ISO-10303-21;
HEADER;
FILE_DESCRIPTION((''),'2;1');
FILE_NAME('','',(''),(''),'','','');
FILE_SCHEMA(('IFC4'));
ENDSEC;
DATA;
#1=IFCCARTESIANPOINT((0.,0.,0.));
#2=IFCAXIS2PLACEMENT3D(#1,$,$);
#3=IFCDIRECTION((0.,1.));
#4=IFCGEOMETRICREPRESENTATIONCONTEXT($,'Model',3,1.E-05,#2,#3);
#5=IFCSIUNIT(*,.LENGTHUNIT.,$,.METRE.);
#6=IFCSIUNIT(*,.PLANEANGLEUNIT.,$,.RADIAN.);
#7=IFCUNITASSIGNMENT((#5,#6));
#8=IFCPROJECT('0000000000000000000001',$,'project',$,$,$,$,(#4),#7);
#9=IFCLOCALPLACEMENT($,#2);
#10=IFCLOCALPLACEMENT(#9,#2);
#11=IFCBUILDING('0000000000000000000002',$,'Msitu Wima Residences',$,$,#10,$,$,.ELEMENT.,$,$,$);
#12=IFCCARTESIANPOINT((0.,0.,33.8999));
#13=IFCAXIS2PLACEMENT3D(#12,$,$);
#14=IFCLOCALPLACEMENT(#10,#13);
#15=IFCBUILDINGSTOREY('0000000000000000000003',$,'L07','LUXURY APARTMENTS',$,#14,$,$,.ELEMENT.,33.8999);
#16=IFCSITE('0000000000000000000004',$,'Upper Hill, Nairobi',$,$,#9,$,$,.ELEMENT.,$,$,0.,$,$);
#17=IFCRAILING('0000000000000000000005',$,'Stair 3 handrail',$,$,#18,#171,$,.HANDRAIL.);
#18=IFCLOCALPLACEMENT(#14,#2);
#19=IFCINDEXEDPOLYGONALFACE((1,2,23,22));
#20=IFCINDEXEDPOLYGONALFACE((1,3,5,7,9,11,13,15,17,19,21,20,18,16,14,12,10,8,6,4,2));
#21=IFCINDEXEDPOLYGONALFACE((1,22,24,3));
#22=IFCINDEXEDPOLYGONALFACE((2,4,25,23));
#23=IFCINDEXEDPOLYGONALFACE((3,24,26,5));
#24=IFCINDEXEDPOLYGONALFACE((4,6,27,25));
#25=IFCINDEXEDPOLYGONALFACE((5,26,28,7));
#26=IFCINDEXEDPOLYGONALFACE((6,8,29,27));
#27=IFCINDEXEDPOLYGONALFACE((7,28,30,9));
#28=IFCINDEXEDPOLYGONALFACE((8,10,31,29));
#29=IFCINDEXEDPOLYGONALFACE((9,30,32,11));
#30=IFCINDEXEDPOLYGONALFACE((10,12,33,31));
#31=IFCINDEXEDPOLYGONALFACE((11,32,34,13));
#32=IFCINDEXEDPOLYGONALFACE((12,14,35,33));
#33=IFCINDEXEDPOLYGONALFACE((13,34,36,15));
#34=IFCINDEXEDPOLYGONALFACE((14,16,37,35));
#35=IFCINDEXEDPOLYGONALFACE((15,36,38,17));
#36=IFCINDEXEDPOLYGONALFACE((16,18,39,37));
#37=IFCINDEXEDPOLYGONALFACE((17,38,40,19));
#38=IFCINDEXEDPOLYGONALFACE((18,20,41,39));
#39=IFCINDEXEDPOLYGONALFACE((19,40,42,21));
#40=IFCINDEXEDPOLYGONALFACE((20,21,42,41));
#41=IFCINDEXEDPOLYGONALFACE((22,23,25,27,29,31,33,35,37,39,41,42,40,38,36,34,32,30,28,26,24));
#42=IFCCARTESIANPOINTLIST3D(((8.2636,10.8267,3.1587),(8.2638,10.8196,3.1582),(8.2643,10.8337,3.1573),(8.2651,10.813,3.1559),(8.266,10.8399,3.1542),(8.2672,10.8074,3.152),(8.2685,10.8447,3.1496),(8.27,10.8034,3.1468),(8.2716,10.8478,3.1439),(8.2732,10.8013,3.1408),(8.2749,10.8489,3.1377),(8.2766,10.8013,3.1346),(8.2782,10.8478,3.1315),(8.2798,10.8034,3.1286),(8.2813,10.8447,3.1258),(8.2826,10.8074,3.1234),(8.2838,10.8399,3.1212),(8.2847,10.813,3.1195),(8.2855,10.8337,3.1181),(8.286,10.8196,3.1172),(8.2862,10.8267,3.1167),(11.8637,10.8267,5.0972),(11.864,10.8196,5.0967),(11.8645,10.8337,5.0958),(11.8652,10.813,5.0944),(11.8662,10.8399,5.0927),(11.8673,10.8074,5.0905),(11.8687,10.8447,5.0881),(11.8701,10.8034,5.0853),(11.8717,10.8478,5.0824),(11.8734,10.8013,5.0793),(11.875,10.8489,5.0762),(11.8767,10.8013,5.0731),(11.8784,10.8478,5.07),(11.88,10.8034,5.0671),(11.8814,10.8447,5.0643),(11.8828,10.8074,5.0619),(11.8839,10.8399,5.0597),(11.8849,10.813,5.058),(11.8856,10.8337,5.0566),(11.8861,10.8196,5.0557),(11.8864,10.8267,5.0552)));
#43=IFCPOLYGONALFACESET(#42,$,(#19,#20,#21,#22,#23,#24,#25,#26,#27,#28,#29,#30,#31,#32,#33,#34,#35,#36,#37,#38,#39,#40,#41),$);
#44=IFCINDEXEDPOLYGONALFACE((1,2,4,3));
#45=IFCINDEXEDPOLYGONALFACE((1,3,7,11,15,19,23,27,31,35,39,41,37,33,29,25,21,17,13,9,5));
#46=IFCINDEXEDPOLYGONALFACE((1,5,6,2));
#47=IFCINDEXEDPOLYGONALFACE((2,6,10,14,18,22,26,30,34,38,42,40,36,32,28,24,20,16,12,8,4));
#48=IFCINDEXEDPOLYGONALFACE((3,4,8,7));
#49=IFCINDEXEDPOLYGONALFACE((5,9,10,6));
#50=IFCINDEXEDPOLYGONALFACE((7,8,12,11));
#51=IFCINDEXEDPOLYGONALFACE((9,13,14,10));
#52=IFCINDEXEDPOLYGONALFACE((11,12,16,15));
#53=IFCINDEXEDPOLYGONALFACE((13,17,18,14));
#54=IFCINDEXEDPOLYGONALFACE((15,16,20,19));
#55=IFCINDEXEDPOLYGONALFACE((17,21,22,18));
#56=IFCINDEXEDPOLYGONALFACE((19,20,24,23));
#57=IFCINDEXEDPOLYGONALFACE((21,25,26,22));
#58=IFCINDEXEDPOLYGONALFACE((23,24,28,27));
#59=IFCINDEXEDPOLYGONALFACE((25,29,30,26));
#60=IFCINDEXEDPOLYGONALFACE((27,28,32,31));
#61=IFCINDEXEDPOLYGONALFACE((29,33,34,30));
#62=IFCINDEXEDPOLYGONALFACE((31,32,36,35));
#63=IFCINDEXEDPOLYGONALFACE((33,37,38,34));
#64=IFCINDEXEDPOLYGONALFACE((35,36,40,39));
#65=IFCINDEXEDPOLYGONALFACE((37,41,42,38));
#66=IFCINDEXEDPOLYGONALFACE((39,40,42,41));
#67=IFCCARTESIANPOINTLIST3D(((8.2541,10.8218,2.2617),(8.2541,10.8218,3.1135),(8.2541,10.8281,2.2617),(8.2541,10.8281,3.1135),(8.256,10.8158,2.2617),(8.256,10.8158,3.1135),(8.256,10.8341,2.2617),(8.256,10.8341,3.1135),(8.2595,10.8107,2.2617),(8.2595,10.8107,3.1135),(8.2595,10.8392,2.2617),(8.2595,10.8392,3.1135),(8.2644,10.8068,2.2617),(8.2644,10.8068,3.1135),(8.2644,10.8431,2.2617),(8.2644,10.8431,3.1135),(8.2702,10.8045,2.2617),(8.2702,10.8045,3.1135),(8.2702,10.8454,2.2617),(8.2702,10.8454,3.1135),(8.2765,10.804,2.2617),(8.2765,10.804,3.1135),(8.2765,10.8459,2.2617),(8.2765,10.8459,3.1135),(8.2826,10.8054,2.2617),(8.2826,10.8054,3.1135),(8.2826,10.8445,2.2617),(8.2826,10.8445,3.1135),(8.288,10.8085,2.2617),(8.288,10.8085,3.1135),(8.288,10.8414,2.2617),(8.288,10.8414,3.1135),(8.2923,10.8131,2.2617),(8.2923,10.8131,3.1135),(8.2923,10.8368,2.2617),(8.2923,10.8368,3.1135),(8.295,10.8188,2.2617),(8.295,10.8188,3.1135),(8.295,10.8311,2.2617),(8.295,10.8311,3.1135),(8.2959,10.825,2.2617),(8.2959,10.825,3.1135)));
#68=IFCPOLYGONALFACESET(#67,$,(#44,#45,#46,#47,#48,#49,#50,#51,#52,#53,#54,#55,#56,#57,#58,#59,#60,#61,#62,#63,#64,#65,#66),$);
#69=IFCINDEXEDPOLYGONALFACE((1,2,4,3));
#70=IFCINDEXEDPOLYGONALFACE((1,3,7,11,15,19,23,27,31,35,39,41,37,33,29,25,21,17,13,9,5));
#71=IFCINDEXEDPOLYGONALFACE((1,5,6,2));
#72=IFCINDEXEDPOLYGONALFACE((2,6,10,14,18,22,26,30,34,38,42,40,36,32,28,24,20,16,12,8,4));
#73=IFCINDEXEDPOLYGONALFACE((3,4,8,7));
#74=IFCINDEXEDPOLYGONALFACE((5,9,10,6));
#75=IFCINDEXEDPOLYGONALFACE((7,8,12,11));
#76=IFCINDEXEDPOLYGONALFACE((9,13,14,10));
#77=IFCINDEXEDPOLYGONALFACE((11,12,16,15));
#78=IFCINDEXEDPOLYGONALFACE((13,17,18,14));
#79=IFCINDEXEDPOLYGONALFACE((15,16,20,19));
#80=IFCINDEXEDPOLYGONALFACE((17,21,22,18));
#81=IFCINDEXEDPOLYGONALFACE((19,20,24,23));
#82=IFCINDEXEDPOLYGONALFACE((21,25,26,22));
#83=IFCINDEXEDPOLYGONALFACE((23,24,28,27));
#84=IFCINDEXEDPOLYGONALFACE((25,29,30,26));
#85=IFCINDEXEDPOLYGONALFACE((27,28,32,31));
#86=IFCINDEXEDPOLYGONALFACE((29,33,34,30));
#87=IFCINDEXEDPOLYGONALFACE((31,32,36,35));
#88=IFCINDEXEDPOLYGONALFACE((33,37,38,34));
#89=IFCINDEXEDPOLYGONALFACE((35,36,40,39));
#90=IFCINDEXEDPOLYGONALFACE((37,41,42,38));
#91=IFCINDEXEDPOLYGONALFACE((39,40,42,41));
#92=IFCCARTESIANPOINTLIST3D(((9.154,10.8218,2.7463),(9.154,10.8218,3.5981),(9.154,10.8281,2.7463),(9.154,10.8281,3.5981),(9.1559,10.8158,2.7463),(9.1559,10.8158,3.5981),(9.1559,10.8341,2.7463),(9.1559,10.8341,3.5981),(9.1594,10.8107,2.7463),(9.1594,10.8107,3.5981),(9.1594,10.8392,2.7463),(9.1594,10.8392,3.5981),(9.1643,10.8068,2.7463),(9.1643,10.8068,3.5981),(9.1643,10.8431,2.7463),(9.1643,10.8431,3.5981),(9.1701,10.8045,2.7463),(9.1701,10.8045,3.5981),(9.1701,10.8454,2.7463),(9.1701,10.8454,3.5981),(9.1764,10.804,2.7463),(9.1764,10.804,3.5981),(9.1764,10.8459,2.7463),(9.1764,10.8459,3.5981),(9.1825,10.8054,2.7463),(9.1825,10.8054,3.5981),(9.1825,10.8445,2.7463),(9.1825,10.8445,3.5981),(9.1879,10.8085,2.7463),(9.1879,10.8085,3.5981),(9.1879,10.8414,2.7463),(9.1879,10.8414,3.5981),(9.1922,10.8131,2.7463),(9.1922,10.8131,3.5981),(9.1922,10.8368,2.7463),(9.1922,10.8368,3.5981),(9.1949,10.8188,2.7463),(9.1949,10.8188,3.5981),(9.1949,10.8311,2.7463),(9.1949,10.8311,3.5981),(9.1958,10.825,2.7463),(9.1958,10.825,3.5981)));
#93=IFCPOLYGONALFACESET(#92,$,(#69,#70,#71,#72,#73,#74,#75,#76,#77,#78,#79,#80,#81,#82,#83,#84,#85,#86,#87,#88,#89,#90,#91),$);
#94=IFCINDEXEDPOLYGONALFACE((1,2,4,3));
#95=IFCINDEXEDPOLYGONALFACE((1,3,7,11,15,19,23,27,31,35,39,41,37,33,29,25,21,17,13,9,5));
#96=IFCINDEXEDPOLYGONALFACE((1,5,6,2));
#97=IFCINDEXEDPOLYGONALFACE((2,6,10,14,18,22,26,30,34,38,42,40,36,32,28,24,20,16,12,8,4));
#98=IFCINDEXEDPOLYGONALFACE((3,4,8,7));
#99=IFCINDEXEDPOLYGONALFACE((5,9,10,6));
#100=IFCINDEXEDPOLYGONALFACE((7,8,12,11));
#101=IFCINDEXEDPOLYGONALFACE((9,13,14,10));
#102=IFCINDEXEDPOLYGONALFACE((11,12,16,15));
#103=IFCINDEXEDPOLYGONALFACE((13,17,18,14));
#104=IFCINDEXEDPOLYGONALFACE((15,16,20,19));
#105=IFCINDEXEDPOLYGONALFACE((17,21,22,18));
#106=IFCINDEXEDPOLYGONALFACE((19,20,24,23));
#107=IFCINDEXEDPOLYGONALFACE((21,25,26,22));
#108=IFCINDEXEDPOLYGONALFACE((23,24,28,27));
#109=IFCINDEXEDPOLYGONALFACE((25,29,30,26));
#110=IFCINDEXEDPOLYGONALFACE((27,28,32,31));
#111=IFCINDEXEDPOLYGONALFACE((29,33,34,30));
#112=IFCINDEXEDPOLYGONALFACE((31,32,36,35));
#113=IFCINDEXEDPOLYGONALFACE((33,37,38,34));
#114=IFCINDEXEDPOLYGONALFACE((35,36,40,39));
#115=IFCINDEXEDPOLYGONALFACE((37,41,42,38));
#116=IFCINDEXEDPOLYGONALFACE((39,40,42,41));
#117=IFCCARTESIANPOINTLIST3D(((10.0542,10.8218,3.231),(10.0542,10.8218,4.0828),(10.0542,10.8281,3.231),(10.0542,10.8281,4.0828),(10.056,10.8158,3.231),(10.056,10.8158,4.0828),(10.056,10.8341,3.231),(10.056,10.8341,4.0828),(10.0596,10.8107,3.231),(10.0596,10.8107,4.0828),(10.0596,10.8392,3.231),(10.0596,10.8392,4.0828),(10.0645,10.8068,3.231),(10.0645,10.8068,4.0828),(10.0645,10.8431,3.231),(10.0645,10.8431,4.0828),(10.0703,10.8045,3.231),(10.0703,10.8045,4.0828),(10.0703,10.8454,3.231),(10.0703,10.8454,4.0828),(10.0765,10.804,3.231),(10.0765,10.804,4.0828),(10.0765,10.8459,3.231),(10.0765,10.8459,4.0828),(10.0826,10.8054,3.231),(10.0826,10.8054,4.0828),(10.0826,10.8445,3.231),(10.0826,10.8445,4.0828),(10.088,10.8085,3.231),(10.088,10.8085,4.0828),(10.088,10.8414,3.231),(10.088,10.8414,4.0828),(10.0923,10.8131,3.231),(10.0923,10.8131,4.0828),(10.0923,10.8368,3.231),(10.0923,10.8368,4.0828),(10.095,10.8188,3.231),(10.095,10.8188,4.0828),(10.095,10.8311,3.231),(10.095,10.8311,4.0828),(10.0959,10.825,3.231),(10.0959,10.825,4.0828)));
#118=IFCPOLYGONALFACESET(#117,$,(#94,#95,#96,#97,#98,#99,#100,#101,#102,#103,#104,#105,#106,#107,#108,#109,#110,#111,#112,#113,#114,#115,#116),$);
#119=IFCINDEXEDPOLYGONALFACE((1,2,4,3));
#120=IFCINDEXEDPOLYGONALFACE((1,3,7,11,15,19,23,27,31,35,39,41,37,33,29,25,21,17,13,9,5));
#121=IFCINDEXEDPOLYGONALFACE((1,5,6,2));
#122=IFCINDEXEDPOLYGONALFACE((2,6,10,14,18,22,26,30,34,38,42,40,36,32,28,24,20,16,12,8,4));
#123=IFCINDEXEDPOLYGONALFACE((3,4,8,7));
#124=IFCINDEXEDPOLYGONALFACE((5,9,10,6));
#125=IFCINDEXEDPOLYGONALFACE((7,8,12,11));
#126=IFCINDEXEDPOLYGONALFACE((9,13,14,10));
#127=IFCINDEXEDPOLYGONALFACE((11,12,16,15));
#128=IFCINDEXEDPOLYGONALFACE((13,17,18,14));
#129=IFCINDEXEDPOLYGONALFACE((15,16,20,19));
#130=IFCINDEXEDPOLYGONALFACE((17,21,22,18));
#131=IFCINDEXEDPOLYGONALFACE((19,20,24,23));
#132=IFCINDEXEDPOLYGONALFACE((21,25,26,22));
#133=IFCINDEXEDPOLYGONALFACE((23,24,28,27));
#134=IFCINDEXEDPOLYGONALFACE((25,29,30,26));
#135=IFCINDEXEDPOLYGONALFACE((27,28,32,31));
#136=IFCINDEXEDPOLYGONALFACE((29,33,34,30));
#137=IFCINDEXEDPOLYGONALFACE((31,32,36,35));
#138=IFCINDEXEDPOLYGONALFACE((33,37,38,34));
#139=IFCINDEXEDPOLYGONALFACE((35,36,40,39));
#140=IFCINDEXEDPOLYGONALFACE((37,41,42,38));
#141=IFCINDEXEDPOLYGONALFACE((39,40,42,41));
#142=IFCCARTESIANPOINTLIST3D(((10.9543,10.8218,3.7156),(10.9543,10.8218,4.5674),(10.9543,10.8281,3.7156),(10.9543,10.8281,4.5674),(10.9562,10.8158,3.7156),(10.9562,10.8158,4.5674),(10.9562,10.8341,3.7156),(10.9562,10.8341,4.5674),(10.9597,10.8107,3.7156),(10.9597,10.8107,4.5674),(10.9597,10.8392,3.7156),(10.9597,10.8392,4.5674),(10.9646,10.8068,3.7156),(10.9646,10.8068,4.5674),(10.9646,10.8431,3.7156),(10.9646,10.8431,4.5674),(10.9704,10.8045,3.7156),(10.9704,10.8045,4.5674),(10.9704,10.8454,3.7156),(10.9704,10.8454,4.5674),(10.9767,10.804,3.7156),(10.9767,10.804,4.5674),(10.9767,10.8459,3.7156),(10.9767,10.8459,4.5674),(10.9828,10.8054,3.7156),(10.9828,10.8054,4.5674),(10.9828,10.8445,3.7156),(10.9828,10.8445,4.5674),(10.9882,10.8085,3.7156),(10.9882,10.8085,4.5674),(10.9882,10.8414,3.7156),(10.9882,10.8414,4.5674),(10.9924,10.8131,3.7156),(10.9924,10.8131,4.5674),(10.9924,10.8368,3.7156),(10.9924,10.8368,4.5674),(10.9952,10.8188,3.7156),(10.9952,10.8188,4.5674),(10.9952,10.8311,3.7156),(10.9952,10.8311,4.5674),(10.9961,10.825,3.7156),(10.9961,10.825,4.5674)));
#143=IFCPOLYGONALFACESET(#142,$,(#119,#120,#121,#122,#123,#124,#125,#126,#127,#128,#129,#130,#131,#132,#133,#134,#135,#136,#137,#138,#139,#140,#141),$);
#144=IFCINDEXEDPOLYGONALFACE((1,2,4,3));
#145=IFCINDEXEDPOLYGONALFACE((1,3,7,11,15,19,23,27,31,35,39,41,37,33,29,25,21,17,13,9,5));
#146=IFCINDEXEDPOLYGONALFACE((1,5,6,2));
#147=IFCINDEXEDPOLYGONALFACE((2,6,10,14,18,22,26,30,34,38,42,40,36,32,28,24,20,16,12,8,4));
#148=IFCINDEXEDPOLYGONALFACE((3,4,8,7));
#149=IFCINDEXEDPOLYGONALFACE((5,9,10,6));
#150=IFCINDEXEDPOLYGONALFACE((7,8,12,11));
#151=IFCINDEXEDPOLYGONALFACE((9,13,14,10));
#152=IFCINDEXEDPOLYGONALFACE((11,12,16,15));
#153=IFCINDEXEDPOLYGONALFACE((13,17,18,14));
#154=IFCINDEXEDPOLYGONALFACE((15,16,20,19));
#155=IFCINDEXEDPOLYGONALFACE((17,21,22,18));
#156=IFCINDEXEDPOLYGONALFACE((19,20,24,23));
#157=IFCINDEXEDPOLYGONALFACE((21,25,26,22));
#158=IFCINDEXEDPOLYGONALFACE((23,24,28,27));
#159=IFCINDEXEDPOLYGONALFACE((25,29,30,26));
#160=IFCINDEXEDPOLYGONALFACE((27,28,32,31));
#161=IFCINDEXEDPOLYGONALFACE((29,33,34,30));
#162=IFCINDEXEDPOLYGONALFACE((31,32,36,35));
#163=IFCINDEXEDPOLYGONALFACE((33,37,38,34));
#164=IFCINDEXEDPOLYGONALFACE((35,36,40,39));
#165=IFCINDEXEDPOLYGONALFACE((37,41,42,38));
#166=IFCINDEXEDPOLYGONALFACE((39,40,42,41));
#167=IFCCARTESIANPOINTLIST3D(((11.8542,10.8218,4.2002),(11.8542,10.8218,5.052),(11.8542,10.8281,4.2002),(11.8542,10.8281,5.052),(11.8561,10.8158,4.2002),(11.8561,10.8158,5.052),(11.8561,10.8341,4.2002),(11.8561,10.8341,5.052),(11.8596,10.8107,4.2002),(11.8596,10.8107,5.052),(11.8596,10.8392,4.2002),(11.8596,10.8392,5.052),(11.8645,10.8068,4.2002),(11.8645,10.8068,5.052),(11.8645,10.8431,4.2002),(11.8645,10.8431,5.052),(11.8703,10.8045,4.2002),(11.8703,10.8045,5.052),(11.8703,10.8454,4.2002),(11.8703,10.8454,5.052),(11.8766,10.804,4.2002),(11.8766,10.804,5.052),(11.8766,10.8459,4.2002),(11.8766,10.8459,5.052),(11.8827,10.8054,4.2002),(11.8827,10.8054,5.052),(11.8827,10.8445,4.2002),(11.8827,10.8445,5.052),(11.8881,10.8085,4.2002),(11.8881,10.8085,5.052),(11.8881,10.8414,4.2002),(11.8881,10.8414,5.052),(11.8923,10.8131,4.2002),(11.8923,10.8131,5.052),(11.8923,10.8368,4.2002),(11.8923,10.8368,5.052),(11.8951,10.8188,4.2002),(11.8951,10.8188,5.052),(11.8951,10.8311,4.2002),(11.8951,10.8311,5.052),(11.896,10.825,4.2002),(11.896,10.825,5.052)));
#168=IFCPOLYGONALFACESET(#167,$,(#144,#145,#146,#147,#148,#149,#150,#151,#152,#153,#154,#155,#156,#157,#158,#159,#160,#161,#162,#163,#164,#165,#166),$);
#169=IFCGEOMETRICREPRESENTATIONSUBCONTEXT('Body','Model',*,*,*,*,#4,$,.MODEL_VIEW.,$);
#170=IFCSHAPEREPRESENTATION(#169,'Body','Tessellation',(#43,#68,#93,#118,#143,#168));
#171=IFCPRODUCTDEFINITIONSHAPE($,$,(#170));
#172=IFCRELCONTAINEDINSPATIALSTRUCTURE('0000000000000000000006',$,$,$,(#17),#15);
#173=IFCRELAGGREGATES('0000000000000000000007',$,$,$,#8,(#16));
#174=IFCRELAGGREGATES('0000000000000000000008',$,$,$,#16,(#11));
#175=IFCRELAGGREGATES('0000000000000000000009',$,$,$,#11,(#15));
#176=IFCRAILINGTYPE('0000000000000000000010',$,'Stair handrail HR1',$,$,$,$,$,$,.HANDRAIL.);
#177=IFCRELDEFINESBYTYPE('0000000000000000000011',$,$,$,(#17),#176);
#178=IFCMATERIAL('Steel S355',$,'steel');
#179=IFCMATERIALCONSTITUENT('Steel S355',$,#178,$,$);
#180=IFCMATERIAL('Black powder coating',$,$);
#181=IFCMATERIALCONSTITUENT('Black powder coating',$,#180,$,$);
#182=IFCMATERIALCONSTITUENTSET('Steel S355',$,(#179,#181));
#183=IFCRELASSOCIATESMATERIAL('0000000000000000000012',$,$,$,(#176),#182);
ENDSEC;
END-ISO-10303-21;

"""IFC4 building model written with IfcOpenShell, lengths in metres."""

from ifc_helpers import new_model, si_unit, direction, frame, origin, origin_2d, place, context, subcontext, project, spatial, circle, extrude, material, constituent, constituent_set, type_object, element, save


model = new_model("IFC4")

# Units and contexts
model_context = context("Model", 3, precision=1e-05, world=origin(), true_north=direction((0.0, 1.0)))
body_context = subcontext(model_context, "Body", "Model", "MODEL_VIEW")
ifc_project = project(units=[si_unit("LENGTHUNIT", "METRE"), si_unit("PLANEANGLEUNIT", "RADIAN")], contexts=[model_context])

# Site, building, storey
site_placement = place(None, origin())
site = spatial("IfcSite", under=ifc_project, at=site_placement, Name="Upper Hill, Nairobi", CompositionType="ELEMENT", RefElevation=0.0)
building_placement = place(site_placement, origin())
building = spatial("IfcBuilding", under=site, at=building_placement, Name="Msitu Wima Residences", CompositionType="ELEMENT")
storey_placement = place(building_placement, frame((0.0, 0.0, 33.8999)))
storey = spatial("IfcBuildingStorey", under=building, at=storey_placement, Name="L07", Description="LUXURY APARTMENTS", CompositionType="ELEMENT", Elevation=33.8999)

# Railing
ifc_material_1 = material(Name="Steel S355", Category="steel")
ifc_constituent_1 = constituent(ifc_material_1, Name="Steel S355")
ifc_material_2 = material(Name="Black powder coating")
ifc_constituent_2 = constituent(ifc_material_2, Name="Black powder coating")
ifc_constituent_set = constituent_set(constituents=[ifc_constituent_1, ifc_constituent_2], Name="Steel S355")
railing_type = type_object("IfcRailingType", Name="Stair handrail HR1", PredefinedType="HANDRAIL", material=ifc_constituent_set)
railing_placement = place(storey_placement, frame((8.2749, 10.825, 2.2617)))
element("IfcRailing", 1, at=railing_placement, inside=storey, type_object=railing_type, Name="Stair 3 handrail", PredefinedType="HANDRAIL", context=body_context, shape_type="SweptSolid", body=[
    extrude(circle(Radius=0.0239, at=origin_2d()), frame((0.0, 0.0, 0.876), z_axis=(0.880475, 0.0, 0.474093), x_axis=(0.0, 1.0, 0.0)), (0.0, 0.0, 1.0), 4.0889),
    extrude(circle(Radius=0.021, at=origin_2d()), origin(), (0.0, 0.0, 1.0), 0.8518),
    extrude(circle(Radius=0.021, at=origin_2d()), frame((0.8999, 0.0, 0.4846)), (0.0, 0.0, 1.0), 0.8518),
    extrude(circle(Radius=0.021, at=origin_2d()), frame((1.8, 0.0, 0.9692)), (0.0, 0.0, 1.0), 0.8518),
    extrude(circle(Radius=0.021, at=origin_2d()), frame((2.7002, 0.0, 1.4539)), (0.0, 0.0, 1.0), 0.8518),
    extrude(circle(Radius=0.021, at=origin_2d()), frame((3.6001, 0.0, 1.9385)), (0.0, 0.0, 1.0), 0.8518),
])

save(model, "model.ifc")
